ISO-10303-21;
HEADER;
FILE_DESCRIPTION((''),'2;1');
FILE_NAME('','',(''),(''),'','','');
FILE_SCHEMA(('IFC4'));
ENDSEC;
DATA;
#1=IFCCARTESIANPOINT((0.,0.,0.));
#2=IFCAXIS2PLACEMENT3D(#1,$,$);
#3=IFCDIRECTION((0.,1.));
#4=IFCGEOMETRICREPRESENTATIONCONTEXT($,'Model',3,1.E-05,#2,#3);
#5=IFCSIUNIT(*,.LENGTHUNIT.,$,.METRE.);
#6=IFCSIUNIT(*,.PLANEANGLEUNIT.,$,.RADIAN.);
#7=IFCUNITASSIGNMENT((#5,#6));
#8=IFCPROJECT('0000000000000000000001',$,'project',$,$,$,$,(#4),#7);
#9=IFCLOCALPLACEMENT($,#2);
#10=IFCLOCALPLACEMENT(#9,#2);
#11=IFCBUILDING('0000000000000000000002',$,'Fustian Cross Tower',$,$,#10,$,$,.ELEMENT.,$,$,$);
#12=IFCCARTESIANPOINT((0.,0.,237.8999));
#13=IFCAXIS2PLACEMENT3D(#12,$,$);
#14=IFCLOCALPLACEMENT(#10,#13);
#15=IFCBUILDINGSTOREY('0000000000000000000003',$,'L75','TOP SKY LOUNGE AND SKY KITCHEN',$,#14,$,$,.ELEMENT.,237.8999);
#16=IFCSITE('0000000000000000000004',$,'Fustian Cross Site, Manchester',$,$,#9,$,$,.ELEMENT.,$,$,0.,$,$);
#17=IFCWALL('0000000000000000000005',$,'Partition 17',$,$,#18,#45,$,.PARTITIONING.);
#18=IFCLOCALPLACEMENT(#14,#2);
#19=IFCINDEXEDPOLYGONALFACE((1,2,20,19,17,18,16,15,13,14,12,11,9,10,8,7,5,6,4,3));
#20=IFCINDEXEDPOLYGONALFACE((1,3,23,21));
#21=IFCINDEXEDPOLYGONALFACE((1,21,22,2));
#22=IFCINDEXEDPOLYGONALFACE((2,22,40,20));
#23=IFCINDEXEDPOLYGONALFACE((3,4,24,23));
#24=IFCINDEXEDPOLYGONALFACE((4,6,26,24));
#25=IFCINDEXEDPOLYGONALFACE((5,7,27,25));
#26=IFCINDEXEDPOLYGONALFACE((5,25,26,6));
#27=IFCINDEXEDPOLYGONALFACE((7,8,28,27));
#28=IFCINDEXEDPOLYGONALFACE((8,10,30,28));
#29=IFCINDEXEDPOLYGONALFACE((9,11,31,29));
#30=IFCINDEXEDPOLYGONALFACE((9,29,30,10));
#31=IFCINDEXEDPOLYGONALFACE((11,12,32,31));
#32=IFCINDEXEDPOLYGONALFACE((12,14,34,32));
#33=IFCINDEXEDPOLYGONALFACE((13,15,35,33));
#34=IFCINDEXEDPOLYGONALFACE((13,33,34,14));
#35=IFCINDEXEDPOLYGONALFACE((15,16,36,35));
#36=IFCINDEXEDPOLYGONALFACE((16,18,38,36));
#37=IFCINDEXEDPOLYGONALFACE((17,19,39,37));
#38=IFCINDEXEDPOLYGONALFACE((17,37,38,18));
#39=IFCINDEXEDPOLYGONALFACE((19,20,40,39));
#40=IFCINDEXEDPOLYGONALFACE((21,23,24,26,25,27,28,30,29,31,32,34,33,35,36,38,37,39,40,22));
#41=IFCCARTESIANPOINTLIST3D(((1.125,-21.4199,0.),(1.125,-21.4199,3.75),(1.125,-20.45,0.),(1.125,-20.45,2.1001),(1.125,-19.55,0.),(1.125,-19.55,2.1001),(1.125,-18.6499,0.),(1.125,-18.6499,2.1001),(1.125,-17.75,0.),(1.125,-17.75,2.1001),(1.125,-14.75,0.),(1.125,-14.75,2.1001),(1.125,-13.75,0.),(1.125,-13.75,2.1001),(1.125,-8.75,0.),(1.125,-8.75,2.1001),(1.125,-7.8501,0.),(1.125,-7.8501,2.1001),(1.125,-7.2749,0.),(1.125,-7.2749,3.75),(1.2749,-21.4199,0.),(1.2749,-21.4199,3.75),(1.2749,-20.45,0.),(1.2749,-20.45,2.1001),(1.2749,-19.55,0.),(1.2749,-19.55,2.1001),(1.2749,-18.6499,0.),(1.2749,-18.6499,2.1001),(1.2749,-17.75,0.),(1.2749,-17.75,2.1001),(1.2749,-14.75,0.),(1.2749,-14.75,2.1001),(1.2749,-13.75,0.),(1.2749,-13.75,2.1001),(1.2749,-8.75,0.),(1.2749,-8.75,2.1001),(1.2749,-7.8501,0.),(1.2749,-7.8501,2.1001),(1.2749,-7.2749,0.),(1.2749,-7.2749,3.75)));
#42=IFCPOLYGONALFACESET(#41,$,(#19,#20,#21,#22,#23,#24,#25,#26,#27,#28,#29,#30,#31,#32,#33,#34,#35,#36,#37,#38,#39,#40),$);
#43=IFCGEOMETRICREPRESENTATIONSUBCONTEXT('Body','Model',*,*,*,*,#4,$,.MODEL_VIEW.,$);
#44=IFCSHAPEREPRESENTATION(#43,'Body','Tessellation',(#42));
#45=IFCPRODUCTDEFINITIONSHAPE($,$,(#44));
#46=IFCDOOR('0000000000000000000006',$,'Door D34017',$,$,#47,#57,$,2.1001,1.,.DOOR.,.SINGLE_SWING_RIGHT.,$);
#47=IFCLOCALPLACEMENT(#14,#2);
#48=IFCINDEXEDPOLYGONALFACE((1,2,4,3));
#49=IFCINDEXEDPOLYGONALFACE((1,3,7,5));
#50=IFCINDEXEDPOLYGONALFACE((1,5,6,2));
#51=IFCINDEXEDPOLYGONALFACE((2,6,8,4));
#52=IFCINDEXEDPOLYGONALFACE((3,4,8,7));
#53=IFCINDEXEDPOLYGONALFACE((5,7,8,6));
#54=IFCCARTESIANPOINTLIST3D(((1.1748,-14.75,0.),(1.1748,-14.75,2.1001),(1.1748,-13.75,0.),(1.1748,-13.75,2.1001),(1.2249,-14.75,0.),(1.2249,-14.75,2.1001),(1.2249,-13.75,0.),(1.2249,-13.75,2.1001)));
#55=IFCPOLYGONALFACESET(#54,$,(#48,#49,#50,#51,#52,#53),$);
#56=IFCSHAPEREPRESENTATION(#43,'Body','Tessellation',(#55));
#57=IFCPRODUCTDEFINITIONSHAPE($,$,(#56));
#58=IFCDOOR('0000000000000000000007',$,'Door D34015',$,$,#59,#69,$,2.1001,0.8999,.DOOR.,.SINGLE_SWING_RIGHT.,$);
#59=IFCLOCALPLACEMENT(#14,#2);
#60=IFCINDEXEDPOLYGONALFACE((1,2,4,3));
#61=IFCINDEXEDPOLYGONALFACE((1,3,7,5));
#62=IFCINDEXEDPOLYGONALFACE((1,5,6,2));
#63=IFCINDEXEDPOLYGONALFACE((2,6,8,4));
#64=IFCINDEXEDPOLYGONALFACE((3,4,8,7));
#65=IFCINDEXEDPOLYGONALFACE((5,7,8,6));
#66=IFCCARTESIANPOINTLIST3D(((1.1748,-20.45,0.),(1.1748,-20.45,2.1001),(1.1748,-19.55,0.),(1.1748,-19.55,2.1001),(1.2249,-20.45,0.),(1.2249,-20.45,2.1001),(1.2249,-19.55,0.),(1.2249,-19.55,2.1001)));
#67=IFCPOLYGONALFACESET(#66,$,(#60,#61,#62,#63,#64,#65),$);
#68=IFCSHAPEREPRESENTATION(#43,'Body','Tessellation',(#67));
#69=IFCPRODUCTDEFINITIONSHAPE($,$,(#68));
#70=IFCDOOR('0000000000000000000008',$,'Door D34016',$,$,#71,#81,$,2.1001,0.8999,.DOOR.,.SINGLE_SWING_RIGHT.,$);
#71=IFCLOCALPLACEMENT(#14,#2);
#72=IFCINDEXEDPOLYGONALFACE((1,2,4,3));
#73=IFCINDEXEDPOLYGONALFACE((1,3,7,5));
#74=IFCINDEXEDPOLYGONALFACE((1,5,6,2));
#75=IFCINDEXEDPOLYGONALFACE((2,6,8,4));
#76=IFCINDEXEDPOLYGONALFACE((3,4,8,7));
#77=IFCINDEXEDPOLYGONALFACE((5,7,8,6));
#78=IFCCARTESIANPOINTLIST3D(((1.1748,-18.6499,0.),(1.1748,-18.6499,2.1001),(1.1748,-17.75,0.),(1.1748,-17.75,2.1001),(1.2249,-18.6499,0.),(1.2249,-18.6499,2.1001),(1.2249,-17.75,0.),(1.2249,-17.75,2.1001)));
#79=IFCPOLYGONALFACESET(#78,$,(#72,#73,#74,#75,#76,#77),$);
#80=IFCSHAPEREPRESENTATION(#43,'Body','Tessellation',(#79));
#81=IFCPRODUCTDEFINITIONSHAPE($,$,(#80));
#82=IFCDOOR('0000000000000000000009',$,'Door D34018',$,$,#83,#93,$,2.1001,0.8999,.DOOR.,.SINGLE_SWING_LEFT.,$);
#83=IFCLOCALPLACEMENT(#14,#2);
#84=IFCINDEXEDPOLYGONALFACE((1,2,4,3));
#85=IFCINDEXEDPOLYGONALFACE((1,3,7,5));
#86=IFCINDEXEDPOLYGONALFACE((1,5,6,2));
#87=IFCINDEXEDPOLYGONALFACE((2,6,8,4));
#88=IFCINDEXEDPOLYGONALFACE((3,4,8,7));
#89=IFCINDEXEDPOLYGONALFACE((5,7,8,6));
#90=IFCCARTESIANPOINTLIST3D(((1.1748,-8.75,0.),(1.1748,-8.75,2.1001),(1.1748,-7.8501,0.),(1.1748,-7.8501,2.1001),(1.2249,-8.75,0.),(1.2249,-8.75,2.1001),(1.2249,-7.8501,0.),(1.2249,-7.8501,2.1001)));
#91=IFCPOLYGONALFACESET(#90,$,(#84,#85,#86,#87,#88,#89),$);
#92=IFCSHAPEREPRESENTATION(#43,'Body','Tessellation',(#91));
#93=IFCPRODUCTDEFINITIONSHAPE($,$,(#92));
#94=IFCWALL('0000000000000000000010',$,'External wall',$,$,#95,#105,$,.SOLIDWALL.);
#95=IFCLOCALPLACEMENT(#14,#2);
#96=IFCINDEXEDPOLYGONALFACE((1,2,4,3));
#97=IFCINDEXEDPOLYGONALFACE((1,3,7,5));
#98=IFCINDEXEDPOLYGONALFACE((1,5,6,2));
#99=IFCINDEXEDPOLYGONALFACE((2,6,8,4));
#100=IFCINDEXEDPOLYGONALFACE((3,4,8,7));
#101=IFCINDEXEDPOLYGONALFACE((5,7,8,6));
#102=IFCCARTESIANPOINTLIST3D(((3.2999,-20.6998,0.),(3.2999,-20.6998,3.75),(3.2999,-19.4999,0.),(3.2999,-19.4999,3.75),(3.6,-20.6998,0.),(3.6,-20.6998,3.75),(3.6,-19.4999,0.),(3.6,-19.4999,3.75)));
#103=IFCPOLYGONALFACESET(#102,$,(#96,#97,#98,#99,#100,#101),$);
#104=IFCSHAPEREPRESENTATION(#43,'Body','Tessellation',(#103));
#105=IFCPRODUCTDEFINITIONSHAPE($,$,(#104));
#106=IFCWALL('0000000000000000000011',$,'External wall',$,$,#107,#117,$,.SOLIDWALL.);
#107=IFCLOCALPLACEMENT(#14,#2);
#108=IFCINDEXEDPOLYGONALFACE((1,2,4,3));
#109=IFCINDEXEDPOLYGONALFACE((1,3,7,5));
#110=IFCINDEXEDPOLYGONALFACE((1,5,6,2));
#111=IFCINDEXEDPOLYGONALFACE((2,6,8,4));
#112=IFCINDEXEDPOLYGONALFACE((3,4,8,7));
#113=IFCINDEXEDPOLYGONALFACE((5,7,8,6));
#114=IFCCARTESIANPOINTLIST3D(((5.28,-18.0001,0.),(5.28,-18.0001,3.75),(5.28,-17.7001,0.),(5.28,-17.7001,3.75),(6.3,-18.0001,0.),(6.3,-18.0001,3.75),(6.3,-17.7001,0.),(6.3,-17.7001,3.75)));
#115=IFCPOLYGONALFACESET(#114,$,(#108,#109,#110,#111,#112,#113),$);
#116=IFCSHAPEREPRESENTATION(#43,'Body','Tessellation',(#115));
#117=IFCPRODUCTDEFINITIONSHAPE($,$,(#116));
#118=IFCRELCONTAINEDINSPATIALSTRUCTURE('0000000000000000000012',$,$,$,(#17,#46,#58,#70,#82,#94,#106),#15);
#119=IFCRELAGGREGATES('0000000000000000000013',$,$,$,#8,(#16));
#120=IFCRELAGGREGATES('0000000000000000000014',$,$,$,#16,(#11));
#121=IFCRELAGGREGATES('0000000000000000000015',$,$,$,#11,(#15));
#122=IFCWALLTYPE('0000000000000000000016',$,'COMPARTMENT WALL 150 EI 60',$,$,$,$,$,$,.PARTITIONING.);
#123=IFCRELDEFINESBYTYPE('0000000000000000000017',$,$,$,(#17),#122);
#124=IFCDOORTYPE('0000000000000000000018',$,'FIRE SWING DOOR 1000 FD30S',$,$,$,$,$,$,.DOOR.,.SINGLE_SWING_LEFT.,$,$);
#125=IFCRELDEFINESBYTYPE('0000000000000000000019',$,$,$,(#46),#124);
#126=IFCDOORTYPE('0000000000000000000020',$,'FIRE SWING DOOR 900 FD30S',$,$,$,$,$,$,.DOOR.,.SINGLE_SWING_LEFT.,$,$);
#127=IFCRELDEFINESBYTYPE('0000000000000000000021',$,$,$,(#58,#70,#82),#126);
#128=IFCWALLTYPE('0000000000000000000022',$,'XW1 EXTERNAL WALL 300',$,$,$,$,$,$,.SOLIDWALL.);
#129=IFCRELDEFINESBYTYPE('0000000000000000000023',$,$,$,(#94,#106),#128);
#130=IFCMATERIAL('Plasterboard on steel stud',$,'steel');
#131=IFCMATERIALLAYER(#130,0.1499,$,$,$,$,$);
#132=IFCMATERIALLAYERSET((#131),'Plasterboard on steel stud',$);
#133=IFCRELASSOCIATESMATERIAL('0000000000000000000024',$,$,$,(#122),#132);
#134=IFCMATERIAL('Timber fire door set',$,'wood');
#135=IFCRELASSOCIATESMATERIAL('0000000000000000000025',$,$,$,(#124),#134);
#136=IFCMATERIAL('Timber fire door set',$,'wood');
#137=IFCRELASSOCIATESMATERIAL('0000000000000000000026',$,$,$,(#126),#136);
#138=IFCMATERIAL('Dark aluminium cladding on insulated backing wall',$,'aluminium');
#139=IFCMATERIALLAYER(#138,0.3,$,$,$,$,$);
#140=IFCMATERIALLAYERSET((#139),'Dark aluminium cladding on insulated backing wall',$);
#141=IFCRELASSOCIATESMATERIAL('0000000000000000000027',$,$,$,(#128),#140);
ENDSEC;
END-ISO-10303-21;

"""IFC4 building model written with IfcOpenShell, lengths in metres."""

from ifc_helpers import new_model, si_unit, direction, frame, frame_2d, origin, place, context, subcontext, project, spatial, rectangle, extrude, material, layer, layer_set, type_object, element, fill, save


model = new_model("IFC4")

# Units and contexts
model_context = context("Model", 3, precision=1e-05, world=origin(), true_north=direction((0.0, 1.0)))
body_context = subcontext(model_context, "Body", "Model", "MODEL_VIEW")
ifc_project = project(units=[si_unit("LENGTHUNIT", "METRE"), si_unit("PLANEANGLEUNIT", "RADIAN")], contexts=[model_context])

# Site, building, storey
site_placement = place(None, origin())
site = spatial("IfcSite", under=ifc_project, at=site_placement, Name="Fustian Cross Site, Manchester", CompositionType="ELEMENT", RefElevation=0.0)
building_placement = place(site_placement, origin())
building = spatial("IfcBuilding", under=site, at=building_placement, Name="Fustian Cross Tower", CompositionType="ELEMENT")
storey_placement = place(building_placement, frame((0.0, 0.0, 237.8999)))
storey = spatial("IfcBuildingStorey", under=building, at=storey_placement, Name="L75", Description="TOP SKY LOUNGE AND SKY KITCHEN", CompositionType="ELEMENT", Elevation=237.8999)

# Wall, openings, doors
ifc_material_1 = material(Name="Plasterboard on steel stud", Category="steel")
ifc_layer_1 = layer(ifc_material_1, 0.1499)
ifc_layer_set_1 = layer_set([ifc_layer_1], Name="Plasterboard on steel stud")
wall_type_1 = type_object("IfcWallType", Name="COMPARTMENT WALL 150 EI 60", PredefinedType="PARTITIONING", material=ifc_layer_set_1)
wall_1_placement = place(storey_placement, frame((1.2, -21.4199, 0.0), z_axis=(0.0, 0.0, 1.0), x_axis=(0.0, 1.0, 0.0)))
wall_1 = element("IfcWall", 1, at=wall_1_placement, inside=storey, type_object=wall_type_1, Name="Partition 17", PredefinedType="PARTITIONING", context=body_context, shape_type="SweptSolid", body=[
    extrude(rectangle(XDim=14.145, YDim=0.1499, at=frame_2d((7.0725, 0.0))), origin(), (0.0, 0.0, 1.0), 3.75),
])
opening_1_placement = place(wall_1_placement, frame((0.97, 0.0, 0.0)))
opening_1 = element("IfcOpeningElement", 2, at=opening_1_placement, cuts=wall_1, PredefinedType="OPENING", context=body_context, shape_type="SweptSolid", body=[
    extrude(rectangle(XDim=0.8999, YDim=2.1001, at=frame_2d((0.45, 1.05))), frame((0.0, 0.085, 0.0), z_axis=(0.0, -1.0, 0.0), x_axis=(1.0, 0.0, 0.0)), (0.0, 0.0, 1.0), 0.1699),
])
opening_2_placement = place(wall_1_placement, frame((2.77, 0.0, 0.0)))
opening_2 = element("IfcOpeningElement", 3, at=opening_2_placement, cuts=wall_1, PredefinedType="OPENING", context=body_context, shape_type="SweptSolid", body=[
    extrude(rectangle(XDim=0.8999, YDim=2.1001, at=frame_2d((0.45, 1.05))), frame((0.0, 0.085, 0.0), z_axis=(0.0, -1.0, 0.0), x_axis=(1.0, 0.0, 0.0)), (0.0, 0.0, 1.0), 0.1699),
])
opening_3_placement = place(wall_1_placement, frame((6.6699, 0.0, 0.0)))
opening_3 = element("IfcOpeningElement", 4, at=opening_3_placement, cuts=wall_1, PredefinedType="OPENING", context=body_context, shape_type="SweptSolid", body=[
    extrude(rectangle(XDim=1.0, YDim=2.1001, at=frame_2d((0.5, 1.05))), frame((0.0, 0.085, 0.0), z_axis=(0.0, -1.0, 0.0), x_axis=(1.0, 0.0, 0.0)), (0.0, 0.0, 1.0), 0.1699),
])
opening_4_placement = place(wall_1_placement, frame((12.6699, 0.0, 0.0)))
opening_4 = element("IfcOpeningElement", 5, at=opening_4_placement, cuts=wall_1, PredefinedType="OPENING", context=body_context, shape_type="SweptSolid", body=[
    extrude(rectangle(XDim=0.8999, YDim=2.1001, at=frame_2d((0.45, 1.05))), frame((0.0, 0.085, 0.0), z_axis=(0.0, -1.0, 0.0), x_axis=(1.0, 0.0, 0.0)), (0.0, 0.0, 1.0), 0.1699),
])
ifc_material_2 = material(Name="Timber fire door set", Category="wood")
door_type_1 = type_object("IfcDoorType", Name="FIRE SWING DOOR 1000 FD30S", OperationType="SINGLE_SWING_LEFT", PredefinedType="DOOR", material=ifc_material_2)
door_1_placement = place(opening_3_placement, frame((1.0, 0.0, 0.0), z_axis=(0.0, 0.0, 1.0), x_axis=(-1.0, 0.0, 0.0)))
door_1 = element("IfcDoor", 6, at=door_1_placement, inside=storey, type_object=door_type_1, Name="Door D34017", OperationType="SINGLE_SWING_RIGHT", OverallHeight=2.1001, OverallWidth=1.0, PredefinedType="DOOR", context=body_context, shape_type="SweptSolid", body=[
    extrude(rectangle(XDim=1.0, YDim=2.1001, at=frame_2d((0.5, 1.05))), frame((0.0, 0.0249, 0.0), z_axis=(0.0, -1.0, 0.0), x_axis=(1.0, 0.0, 0.0)), (0.0, 0.0, 1.0), 0.05),
])
fill(opening_3, door_1)
ifc_material_3 = material(Name="Timber fire door set", Category="wood")
door_type_2 = type_object("IfcDoorType", Name="FIRE SWING DOOR 900 FD30S", OperationType="SINGLE_SWING_LEFT", PredefinedType="DOOR", material=ifc_material_3)
door_2_placement = place(opening_1_placement, frame((0.8999, 0.0, 0.0), z_axis=(0.0, 0.0, 1.0), x_axis=(-1.0, 0.0, 0.0)))
door_2 = element("IfcDoor", 7, at=door_2_placement, inside=storey, type_object=door_type_2, Name="Door D34015", OperationType="SINGLE_SWING_RIGHT", OverallHeight=2.1001, OverallWidth=0.8999, PredefinedType="DOOR", context=body_context, shape_type="SweptSolid", body=[
    extrude(rectangle(XDim=0.8999, YDim=2.1001, at=frame_2d((0.45, 1.05))), frame((0.0, 0.0249, 0.0), z_axis=(0.0, -1.0, 0.0), x_axis=(1.0, 0.0, 0.0)), (0.0, 0.0, 1.0), 0.05),
])
fill(opening_1, door_2)
door_3_placement = place(opening_2_placement, frame((0.8999, 0.0, 0.0), z_axis=(0.0, 0.0, 1.0), x_axis=(-1.0, 0.0, 0.0)))
door_3 = element("IfcDoor", 8, at=door_3_placement, inside=storey, type_object=door_type_2, Name="Door D34016", OperationType="SINGLE_SWING_RIGHT", OverallHeight=2.1001, OverallWidth=0.8999, PredefinedType="DOOR", context=body_context, shape_type="SweptSolid", body=[
    extrude(rectangle(XDim=0.8999, YDim=2.1001, at=frame_2d((0.45, 1.05))), frame((0.0, 0.0249, 0.0), z_axis=(0.0, -1.0, 0.0), x_axis=(1.0, 0.0, 0.0)), (0.0, 0.0, 1.0), 0.05),
])
fill(opening_2, door_3)
door_4_placement = place(opening_4_placement, frame((0.8999, 0.0, 0.0), z_axis=(0.0, 0.0, 1.0), x_axis=(-1.0, 0.0, 0.0)))
door_4 = element("IfcDoor", 9, at=door_4_placement, inside=storey, type_object=door_type_2, Name="Door D34018", OperationType="SINGLE_SWING_LEFT", OverallHeight=2.1001, OverallWidth=0.8999, PredefinedType="DOOR", context=body_context, shape_type="SweptSolid", body=[
    extrude(rectangle(XDim=0.8999, YDim=2.1001, at=frame_2d((0.45, 1.05))), frame((0.0, 0.0249, 0.0), z_axis=(0.0, -1.0, 0.0), x_axis=(1.0, 0.0, 0.0)), (0.0, 0.0, 1.0), 0.05),
])
fill(opening_4, door_4)

# Walls
ifc_material_4 = material(Name="Dark aluminium cladding on insulated backing wall", Category="aluminium")
ifc_layer_2 = layer(ifc_material_4, 0.3)
ifc_layer_set_2 = layer_set([ifc_layer_2], Name="Dark aluminium cladding on insulated backing wall")
wall_type_2 = type_object("IfcWallType", Name="XW1 EXTERNAL WALL 300", PredefinedType="SOLIDWALL", material=ifc_layer_set_2)
wall_2_placement = place(storey_placement, frame((3.45, -20.7, 0.0), z_axis=(0.0, 0.0, 1.0), x_axis=(0.0, 1.0, 0.0)))
element("IfcWall", 10, at=wall_2_placement, inside=storey, type_object=wall_type_2, Name="External wall", PredefinedType="SOLIDWALL", context=body_context, shape_type="SweptSolid", body=[
    extrude(rectangle(XDim=1.2, YDim=0.3, at=frame_2d((0.6001, 0.0))), origin(), (0.0, 0.0, 1.0), 3.75),
])
wall_3_placement = place(storey_placement, frame((5.28, -17.8501, 0.0), z_axis=(0.0, 0.0, 1.0), x_axis=(1.0, 0.0, 0.0)))
element("IfcWall", 11, at=wall_3_placement, inside=storey, type_object=wall_type_2, Name="External wall", PredefinedType="SOLIDWALL", context=body_context, shape_type="SweptSolid", body=[
    extrude(rectangle(XDim=1.02, YDim=0.3, at=frame_2d((0.51, 0.0))), origin(), (0.0, 0.0, 1.0), 3.75),
])

save(model, "model.ifc")
